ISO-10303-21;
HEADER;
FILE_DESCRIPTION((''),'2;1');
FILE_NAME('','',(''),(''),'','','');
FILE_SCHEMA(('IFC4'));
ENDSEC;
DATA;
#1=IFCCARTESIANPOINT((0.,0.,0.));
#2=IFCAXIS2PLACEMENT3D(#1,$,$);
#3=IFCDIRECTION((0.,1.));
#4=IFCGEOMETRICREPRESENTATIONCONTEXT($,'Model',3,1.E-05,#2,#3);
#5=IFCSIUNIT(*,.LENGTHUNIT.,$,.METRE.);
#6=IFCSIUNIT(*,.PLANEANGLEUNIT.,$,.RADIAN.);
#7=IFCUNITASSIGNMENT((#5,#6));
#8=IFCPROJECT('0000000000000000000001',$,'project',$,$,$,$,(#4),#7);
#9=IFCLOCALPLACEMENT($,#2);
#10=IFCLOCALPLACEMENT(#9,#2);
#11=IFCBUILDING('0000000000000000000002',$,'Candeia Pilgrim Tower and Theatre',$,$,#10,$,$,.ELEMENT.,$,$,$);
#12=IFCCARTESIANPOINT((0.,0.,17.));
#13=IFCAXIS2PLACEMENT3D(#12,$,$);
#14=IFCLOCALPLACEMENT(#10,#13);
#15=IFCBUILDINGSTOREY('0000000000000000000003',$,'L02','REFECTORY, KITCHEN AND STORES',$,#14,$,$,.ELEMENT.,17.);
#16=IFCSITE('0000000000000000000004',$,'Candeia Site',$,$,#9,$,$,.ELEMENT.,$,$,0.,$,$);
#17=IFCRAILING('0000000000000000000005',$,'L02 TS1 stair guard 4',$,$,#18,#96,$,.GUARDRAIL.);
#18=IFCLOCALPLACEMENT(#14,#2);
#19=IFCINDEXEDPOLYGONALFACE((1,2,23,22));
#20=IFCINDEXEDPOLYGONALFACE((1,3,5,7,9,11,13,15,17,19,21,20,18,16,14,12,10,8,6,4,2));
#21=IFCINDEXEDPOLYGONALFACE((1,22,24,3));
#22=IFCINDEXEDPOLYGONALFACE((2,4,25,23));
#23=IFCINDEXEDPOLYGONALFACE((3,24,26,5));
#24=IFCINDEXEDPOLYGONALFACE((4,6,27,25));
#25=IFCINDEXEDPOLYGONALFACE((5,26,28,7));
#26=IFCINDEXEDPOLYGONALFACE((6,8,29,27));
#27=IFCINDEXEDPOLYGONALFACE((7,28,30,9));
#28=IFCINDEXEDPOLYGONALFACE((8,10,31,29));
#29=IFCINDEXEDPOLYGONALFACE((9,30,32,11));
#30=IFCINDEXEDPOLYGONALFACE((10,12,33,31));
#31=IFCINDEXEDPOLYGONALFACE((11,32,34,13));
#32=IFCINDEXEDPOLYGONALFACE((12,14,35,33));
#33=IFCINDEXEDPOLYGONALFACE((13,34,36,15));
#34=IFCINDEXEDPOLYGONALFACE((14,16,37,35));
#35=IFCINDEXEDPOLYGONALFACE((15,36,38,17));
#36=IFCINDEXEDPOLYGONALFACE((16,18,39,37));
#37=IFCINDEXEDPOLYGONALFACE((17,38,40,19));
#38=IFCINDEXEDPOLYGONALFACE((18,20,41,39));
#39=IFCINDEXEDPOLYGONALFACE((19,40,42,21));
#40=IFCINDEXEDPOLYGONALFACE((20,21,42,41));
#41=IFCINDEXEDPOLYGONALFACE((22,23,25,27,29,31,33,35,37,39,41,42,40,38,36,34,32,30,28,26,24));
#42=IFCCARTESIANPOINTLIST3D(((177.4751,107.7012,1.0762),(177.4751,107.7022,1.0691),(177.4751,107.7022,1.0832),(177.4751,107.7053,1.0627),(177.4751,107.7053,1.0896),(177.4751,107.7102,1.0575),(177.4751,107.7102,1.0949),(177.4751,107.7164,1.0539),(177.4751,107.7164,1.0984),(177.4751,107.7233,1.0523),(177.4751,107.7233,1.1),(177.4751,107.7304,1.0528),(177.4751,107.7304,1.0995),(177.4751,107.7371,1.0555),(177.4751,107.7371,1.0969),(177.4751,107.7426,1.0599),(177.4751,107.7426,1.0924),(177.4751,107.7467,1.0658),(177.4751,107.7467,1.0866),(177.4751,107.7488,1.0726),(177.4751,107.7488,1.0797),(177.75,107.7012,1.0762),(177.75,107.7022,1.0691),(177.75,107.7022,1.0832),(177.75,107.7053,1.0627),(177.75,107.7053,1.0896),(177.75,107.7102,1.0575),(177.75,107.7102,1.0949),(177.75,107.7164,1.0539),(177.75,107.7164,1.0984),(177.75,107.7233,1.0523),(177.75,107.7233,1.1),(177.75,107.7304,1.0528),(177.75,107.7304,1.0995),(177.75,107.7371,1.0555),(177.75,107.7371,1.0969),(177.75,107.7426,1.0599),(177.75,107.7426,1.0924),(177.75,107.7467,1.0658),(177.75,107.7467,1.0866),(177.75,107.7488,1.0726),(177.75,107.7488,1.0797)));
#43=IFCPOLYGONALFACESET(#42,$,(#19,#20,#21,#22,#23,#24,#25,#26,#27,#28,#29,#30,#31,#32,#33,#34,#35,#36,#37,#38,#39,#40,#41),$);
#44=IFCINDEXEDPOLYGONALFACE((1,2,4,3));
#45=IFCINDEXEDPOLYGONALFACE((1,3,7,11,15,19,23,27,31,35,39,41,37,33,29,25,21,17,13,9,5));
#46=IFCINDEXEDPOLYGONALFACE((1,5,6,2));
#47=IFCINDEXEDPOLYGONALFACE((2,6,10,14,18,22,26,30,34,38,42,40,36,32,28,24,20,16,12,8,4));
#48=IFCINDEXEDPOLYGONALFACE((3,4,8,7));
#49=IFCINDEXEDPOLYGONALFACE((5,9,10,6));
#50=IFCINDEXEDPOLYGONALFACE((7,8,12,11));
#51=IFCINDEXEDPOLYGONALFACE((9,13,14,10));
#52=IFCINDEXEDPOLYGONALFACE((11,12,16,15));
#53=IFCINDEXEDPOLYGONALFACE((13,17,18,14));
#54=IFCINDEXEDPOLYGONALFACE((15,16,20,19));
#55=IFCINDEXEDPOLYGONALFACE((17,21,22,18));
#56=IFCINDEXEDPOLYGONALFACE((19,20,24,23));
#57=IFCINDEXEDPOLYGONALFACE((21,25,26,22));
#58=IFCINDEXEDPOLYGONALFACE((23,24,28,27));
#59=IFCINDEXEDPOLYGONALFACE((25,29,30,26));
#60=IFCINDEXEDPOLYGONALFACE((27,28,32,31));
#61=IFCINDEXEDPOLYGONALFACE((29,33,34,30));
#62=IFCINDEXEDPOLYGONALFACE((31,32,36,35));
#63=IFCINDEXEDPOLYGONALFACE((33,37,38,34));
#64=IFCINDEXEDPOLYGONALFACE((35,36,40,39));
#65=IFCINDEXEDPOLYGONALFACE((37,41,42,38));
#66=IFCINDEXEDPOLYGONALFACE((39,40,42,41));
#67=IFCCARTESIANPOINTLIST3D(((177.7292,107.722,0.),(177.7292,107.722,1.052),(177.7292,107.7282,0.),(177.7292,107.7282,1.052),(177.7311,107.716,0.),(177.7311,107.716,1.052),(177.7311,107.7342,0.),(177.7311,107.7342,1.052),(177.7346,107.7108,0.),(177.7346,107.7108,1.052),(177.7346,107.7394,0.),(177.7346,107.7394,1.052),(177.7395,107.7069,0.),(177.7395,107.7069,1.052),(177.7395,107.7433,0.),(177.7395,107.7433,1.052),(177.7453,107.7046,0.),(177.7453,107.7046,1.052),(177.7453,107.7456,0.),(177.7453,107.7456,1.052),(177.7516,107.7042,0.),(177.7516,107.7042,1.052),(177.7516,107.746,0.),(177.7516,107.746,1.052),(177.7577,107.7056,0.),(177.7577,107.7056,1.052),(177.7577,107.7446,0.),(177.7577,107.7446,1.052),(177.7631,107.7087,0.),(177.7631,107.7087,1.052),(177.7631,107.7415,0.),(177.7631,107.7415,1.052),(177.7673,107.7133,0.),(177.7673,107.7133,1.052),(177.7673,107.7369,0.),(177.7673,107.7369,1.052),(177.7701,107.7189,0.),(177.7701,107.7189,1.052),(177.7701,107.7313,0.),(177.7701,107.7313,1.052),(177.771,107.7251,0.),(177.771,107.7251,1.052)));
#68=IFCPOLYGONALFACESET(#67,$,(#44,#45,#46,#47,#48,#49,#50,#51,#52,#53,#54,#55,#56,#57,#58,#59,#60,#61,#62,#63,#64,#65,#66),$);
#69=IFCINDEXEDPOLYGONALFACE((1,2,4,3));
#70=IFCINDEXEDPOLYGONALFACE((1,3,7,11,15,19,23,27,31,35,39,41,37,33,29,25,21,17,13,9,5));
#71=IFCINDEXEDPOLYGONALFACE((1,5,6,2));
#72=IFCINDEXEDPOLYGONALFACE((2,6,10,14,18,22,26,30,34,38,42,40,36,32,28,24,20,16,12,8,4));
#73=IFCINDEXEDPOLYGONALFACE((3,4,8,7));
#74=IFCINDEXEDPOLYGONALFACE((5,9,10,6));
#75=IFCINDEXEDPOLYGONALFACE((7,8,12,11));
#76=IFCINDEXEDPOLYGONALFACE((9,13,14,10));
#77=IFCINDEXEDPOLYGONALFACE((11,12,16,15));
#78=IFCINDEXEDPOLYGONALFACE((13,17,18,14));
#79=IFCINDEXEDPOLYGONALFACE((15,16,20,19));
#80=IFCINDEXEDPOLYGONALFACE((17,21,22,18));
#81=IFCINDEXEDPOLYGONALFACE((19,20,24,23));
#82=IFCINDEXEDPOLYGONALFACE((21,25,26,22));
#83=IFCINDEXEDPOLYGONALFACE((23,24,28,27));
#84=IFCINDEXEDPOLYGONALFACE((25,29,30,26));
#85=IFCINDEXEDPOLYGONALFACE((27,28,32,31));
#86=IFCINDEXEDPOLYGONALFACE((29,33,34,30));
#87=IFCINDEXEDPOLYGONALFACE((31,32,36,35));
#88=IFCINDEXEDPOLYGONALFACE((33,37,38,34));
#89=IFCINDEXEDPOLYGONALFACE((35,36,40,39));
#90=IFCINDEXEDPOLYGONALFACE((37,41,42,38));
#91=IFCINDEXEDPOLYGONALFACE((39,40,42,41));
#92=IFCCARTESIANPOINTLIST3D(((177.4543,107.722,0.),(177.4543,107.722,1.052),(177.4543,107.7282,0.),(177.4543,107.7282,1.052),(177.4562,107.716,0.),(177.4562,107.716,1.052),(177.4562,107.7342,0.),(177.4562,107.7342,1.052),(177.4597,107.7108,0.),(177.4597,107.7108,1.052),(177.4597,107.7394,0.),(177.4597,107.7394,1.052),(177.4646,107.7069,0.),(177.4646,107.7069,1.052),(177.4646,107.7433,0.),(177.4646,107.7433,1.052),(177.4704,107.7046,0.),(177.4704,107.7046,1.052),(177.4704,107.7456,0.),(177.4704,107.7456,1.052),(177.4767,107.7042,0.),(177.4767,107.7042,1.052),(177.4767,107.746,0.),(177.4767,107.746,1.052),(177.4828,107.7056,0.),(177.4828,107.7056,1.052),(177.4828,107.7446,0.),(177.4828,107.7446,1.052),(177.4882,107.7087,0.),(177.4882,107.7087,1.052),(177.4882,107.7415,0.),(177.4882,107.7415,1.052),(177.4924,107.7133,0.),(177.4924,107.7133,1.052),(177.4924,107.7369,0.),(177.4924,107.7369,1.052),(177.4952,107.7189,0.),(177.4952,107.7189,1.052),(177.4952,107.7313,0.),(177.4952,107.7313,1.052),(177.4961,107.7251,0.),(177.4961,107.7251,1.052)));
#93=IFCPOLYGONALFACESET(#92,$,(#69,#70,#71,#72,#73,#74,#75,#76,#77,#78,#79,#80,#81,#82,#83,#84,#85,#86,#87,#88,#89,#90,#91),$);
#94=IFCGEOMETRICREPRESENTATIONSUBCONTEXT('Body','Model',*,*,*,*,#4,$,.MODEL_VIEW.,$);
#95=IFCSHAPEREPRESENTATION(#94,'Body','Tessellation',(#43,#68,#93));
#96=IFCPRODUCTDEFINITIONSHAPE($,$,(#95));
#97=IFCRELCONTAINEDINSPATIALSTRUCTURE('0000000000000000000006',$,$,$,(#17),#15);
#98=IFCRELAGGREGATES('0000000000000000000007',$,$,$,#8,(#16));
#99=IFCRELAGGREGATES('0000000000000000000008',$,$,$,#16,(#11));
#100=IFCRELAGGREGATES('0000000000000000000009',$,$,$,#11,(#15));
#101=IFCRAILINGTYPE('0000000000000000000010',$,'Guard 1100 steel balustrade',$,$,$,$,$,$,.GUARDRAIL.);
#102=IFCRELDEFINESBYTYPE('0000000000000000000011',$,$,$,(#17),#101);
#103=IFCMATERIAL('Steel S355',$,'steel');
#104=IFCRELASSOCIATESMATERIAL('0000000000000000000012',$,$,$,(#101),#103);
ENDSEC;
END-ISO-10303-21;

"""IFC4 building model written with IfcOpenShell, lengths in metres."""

from ifc_helpers import new_model, si_unit, direction, frame, origin, origin_2d, place, context, subcontext, project, spatial, circle, extrude, material, type_object, element, save


model = new_model("IFC4")

# Units and contexts
model_context = context("Model", 3, precision=1e-05, world=origin(), true_north=direction((0.0, 1.0)))
body_context = subcontext(model_context, "Body", "Model", "MODEL_VIEW")
ifc_project = project(units=[si_unit("LENGTHUNIT", "METRE"), si_unit("PLANEANGLEUNIT", "RADIAN")], contexts=[model_context])

# Site, building, storey
site_placement = place(None, origin())
site = spatial("IfcSite", under=ifc_project, at=site_placement, Name="Candeia Site", CompositionType="ELEMENT", RefElevation=0.0)
building_placement = place(site_placement, origin())
building = spatial("IfcBuilding", under=site, at=building_placement, Name="Candeia Pilgrim Tower and Theatre", CompositionType="ELEMENT")
storey_placement = place(building_placement, frame((0.0, 0.0, 17.0)))
storey = spatial("IfcBuildingStorey", under=building, at=storey_placement, Name="L02", Description="REFECTORY, KITCHEN AND STORES", CompositionType="ELEMENT", Elevation=17.0)

# Railing
ifc_material_1 = material(Name="Steel S355", Category="steel")
railing_type_1 = type_object("IfcRailingType", Name="Guard 1100 steel balustrade", PredefinedType="GUARDRAIL", material=ifc_material_1)
railing_1_placement = place(storey_placement, frame((177.75, 107.7251, 0.0)))
element("IfcRailing", 1, at=railing_1_placement, inside=storey, type_object=railing_type_1, Name="L02 TS1 stair guard 4", PredefinedType="GUARDRAIL", context=body_context, shape_type="SweptSolid", body=[
    extrude(circle(Radius=0.0239, at=origin_2d()), frame((0.0, 0.0, 1.0762), z_axis=(-1.0, 0.0, 0.0), x_axis=(0.0, -1.0, 0.0)), (0.0, 0.0, 1.0), 0.2749),
    extrude(circle(Radius=0.021, at=origin_2d()), origin(), (0.0, 0.0, 1.0), 1.052),
    extrude(circle(Radius=0.021, at=origin_2d()), frame((-0.2749, 0.0, 0.0)), (0.0, 0.0, 1.0), 1.052),
])

save(model, "model.ifc")
